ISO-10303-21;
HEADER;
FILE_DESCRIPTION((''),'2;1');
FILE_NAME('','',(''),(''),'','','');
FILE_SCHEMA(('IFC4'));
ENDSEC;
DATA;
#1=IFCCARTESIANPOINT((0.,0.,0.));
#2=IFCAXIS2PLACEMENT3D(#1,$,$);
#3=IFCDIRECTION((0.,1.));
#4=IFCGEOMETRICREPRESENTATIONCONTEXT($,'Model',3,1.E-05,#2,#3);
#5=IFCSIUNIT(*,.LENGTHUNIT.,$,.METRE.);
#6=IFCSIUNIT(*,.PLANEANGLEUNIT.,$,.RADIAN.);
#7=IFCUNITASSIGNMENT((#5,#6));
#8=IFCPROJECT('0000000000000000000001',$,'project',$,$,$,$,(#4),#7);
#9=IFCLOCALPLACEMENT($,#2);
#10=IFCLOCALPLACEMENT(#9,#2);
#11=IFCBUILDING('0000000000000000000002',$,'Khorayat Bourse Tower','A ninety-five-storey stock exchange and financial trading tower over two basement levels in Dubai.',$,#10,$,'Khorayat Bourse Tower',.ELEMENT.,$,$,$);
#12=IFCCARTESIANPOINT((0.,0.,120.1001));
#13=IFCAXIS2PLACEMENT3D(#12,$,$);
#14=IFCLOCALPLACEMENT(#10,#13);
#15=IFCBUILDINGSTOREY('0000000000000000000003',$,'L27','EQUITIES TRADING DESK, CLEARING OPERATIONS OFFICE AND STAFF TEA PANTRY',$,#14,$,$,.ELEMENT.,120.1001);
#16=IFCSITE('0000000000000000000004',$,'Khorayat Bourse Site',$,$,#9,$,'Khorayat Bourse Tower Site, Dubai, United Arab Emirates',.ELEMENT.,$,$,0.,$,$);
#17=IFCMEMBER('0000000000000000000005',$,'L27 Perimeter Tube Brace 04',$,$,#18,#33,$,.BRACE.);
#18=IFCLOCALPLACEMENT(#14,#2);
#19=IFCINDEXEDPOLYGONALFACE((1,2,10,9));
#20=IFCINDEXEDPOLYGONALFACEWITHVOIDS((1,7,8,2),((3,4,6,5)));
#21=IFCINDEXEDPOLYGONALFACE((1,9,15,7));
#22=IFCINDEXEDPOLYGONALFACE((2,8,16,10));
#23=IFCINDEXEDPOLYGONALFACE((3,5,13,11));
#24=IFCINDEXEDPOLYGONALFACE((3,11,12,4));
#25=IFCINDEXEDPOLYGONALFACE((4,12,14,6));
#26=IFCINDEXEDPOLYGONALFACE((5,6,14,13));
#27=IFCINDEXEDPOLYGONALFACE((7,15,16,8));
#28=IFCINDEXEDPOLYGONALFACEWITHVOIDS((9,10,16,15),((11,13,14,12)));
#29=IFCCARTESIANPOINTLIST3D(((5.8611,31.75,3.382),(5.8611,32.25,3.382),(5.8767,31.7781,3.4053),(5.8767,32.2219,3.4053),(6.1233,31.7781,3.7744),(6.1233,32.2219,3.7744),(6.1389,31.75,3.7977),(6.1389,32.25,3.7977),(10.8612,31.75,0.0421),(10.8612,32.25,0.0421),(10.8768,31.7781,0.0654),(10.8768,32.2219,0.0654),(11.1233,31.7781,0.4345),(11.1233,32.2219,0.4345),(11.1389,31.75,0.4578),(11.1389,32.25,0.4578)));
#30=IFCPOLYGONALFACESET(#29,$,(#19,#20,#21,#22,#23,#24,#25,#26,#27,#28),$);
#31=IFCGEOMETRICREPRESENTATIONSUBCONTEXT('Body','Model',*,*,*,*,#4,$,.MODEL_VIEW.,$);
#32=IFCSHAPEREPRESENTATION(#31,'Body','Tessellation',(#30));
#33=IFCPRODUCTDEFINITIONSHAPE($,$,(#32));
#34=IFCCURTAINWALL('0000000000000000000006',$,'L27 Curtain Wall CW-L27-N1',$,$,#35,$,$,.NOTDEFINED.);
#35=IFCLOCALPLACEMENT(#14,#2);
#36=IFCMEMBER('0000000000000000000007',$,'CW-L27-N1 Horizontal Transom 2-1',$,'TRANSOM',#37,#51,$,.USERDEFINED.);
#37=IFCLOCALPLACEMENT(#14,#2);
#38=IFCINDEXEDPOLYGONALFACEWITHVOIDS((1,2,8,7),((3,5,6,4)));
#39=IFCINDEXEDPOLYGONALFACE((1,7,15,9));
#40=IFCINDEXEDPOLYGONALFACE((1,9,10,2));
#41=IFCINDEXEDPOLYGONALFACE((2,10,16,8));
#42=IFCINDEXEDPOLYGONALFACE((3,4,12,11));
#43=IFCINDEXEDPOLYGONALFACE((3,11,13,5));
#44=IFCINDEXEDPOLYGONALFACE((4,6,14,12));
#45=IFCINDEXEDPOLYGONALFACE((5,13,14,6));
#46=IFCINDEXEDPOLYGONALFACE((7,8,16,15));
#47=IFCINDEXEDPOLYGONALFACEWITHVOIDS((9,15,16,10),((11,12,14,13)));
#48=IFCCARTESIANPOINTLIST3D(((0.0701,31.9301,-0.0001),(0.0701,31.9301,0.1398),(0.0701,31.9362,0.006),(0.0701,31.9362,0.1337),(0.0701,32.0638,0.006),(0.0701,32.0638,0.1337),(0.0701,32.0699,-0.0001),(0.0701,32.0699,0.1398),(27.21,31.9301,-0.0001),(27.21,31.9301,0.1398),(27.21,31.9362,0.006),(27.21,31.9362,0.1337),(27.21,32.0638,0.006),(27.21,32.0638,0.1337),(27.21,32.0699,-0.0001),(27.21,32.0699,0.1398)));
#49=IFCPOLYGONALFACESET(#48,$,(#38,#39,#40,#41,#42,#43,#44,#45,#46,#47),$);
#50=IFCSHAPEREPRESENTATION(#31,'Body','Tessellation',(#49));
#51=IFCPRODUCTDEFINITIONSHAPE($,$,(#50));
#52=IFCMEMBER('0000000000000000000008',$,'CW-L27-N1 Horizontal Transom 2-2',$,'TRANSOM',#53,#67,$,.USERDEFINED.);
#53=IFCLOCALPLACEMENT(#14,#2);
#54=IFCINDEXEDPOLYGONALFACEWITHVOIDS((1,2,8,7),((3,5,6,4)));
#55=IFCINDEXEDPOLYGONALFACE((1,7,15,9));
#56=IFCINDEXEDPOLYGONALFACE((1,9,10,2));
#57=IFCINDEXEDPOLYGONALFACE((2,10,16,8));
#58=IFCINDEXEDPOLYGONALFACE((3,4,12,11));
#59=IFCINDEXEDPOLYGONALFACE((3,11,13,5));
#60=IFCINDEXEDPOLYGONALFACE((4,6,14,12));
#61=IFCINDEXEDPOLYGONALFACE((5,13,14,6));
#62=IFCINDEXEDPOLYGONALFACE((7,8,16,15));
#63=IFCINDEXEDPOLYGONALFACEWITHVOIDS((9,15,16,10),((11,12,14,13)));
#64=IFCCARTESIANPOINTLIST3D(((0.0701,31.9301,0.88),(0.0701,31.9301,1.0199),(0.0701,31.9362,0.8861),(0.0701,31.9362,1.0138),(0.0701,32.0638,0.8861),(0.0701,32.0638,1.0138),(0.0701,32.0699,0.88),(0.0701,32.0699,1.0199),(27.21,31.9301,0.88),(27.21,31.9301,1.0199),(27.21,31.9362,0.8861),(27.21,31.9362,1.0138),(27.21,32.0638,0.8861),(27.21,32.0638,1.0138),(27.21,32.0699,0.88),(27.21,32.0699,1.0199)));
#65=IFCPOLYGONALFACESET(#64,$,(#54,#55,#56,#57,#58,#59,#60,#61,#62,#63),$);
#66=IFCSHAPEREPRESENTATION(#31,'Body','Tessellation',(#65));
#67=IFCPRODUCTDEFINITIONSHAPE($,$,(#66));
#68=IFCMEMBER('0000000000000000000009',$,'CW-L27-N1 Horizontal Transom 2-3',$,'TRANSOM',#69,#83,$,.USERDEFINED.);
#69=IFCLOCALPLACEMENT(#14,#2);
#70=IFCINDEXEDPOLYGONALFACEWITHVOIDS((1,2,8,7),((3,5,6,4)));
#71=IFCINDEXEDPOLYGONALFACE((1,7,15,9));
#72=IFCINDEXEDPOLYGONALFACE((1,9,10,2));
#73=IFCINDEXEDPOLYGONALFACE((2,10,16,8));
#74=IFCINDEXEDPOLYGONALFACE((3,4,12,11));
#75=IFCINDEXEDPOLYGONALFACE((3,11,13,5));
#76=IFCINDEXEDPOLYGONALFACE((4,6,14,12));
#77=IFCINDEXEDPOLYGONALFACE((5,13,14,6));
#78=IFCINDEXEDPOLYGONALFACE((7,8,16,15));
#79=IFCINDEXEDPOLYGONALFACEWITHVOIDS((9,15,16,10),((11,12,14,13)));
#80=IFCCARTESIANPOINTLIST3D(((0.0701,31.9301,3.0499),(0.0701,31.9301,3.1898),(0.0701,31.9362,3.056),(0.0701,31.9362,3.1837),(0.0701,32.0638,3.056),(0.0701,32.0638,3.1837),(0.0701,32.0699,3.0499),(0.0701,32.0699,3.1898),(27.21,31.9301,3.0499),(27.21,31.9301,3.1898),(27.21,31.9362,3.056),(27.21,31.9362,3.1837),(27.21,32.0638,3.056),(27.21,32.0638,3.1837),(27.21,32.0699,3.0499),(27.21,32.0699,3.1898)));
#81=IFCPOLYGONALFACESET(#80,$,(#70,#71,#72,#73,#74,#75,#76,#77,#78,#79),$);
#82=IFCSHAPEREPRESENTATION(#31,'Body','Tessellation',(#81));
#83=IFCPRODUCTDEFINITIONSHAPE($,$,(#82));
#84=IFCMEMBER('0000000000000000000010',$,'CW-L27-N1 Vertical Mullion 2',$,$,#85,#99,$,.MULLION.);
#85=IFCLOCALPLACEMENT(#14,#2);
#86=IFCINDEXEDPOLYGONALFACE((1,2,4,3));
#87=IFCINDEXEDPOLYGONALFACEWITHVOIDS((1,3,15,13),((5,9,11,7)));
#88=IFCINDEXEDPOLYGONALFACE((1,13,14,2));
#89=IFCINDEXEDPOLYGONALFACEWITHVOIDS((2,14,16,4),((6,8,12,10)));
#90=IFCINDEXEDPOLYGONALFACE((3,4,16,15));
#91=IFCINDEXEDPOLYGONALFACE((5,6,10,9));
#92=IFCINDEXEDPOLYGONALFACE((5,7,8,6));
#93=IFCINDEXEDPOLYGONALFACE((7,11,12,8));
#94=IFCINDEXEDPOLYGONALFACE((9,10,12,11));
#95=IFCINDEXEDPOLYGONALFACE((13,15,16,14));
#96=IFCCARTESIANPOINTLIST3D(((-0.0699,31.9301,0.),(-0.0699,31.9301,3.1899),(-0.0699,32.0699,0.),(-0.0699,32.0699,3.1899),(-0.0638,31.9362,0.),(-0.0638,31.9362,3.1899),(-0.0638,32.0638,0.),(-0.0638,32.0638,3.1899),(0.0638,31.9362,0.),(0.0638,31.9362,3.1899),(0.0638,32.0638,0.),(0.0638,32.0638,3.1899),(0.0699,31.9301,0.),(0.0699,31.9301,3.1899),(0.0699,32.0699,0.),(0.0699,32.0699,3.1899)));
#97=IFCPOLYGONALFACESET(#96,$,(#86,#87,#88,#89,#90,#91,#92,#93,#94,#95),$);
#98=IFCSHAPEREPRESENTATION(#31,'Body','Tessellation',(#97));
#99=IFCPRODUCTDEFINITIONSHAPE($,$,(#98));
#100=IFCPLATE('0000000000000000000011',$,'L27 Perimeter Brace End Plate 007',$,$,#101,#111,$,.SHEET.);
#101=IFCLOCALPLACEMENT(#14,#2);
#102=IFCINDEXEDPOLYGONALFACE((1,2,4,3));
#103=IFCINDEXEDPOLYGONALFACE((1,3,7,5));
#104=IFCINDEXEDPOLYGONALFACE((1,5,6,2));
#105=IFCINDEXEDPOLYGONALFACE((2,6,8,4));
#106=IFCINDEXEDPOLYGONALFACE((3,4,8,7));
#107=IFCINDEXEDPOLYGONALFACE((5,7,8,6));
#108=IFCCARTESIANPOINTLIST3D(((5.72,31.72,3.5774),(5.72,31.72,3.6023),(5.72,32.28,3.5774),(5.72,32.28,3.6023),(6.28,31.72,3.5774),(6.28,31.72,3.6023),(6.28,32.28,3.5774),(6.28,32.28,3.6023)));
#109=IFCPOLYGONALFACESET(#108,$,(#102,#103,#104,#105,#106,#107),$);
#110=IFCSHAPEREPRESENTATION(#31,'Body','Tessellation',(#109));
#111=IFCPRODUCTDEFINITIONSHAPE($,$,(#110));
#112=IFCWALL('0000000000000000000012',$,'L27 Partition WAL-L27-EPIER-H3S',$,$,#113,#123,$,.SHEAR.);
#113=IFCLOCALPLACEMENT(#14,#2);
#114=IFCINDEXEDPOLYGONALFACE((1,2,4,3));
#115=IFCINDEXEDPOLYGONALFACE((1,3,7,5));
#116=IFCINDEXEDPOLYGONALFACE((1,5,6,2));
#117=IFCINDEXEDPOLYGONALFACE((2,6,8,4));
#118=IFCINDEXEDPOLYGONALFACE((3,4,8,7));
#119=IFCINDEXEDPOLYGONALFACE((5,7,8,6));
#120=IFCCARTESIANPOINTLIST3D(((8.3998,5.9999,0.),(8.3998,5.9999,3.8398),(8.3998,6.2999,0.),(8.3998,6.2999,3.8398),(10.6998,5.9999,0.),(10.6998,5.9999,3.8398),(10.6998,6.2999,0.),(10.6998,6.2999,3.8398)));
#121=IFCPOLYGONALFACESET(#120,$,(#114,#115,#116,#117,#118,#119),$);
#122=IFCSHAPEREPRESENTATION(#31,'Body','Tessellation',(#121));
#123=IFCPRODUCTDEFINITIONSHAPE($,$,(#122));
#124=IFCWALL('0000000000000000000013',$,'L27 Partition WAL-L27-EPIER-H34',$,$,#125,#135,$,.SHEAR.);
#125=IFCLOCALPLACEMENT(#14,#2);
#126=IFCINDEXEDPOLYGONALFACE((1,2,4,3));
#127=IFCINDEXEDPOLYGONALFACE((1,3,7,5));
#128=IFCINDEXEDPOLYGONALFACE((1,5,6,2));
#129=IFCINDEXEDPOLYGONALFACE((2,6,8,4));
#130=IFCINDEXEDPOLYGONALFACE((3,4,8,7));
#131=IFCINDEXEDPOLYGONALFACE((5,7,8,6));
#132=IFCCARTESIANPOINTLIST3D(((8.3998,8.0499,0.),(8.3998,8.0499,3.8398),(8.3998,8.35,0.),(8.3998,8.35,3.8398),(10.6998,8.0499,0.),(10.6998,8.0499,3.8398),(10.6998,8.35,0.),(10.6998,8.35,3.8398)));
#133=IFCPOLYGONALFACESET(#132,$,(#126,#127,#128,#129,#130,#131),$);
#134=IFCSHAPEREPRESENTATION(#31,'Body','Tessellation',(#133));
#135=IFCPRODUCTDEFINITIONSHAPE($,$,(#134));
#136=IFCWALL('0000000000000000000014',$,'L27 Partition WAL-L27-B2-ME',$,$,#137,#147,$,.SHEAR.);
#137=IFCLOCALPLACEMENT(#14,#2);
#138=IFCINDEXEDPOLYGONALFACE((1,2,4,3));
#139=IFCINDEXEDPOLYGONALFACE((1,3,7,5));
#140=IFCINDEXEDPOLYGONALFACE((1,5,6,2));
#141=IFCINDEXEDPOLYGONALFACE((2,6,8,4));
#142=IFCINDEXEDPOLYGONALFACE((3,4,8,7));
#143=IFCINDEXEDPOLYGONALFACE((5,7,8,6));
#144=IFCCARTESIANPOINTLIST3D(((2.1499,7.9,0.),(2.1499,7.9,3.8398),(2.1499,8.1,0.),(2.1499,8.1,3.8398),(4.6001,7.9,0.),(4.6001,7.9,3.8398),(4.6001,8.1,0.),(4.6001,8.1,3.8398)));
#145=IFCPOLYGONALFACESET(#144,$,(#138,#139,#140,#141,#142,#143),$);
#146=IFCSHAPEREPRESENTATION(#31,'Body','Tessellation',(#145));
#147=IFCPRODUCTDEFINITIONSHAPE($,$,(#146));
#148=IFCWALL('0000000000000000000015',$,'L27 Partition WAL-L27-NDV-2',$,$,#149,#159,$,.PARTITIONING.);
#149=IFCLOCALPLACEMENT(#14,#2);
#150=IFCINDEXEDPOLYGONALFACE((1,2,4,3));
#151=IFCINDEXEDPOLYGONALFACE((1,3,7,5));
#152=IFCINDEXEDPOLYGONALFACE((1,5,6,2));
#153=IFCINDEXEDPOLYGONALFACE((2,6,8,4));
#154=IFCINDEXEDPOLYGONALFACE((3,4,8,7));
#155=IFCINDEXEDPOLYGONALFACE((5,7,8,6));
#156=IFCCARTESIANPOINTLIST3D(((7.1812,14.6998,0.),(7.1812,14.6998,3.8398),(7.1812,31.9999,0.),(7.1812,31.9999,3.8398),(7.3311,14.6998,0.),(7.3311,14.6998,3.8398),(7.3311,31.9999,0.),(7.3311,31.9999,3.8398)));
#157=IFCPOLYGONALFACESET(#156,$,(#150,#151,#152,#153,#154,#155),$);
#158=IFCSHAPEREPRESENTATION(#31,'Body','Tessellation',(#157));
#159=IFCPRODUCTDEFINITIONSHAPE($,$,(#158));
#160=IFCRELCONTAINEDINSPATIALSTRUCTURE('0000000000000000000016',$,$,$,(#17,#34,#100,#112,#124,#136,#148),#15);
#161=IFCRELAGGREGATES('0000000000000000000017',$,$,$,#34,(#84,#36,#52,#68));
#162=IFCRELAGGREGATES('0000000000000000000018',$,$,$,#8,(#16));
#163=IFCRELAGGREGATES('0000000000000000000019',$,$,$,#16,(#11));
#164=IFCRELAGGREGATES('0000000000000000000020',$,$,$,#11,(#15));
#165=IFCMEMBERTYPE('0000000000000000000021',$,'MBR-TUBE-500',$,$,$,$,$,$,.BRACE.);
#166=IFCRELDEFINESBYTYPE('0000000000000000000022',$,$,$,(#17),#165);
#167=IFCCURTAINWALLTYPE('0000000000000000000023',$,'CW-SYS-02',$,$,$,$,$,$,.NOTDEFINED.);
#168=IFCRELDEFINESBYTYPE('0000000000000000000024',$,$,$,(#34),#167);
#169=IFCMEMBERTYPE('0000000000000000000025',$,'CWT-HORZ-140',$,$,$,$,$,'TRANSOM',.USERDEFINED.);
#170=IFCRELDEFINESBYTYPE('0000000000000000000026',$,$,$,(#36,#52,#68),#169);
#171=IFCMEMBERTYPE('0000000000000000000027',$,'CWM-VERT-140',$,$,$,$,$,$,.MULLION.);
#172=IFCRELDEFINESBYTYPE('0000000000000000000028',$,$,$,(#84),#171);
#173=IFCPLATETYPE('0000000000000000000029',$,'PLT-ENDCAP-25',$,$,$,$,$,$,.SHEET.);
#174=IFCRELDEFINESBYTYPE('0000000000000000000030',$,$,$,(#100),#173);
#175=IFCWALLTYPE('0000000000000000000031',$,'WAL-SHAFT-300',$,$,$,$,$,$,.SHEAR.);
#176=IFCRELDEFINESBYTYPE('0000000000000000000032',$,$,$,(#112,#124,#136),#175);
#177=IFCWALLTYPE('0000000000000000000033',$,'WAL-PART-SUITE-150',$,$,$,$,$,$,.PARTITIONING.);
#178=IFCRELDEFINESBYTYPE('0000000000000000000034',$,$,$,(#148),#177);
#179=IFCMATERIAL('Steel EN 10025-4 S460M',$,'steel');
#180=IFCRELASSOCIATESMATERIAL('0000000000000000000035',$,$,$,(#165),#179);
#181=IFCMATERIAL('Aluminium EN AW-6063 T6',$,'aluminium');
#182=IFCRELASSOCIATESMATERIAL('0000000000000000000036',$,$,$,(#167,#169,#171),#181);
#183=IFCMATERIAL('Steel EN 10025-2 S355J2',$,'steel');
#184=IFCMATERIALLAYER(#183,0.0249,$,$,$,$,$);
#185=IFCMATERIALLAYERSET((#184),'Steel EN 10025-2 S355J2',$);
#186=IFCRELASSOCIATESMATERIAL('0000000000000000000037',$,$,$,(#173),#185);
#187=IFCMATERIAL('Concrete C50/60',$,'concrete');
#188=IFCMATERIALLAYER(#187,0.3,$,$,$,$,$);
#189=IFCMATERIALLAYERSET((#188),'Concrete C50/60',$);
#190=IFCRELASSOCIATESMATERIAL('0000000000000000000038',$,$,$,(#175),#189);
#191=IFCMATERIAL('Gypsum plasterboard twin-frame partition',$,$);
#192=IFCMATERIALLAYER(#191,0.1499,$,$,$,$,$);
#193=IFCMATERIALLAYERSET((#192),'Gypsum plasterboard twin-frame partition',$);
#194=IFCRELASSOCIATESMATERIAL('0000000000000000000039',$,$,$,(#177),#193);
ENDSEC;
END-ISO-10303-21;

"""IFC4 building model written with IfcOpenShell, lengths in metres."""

from ifc_helpers import new_model, si_unit, direction, frame, frame_2d, origin, origin_2d, place, context, subcontext, project, spatial, rectangle, hollow_rectangle, extrude, source, transform, mapped, material, layer, layer_set, material_profile, profile_set, type_object, element, aggregate, save


model = new_model("IFC4")

# Units and contexts
model_context = context("Model", 3, precision=1e-05, world=origin(), true_north=direction((0.0, 1.0)))
body_context = subcontext(model_context, "Body", "Model", "MODEL_VIEW")
ifc_project = project(units=[si_unit("LENGTHUNIT", "METRE"), si_unit("PLANEANGLEUNIT", "RADIAN")], contexts=[model_context])

# Site, building, storey
site_placement = place(None, origin())
site = spatial("IfcSite", under=ifc_project, at=site_placement, Name="Khorayat Bourse Site", LongName="Khorayat Bourse Tower Site, Dubai, United Arab Emirates", CompositionType="ELEMENT", RefElevation=0.0)
building_placement = place(site_placement, origin())
building = spatial("IfcBuilding", under=site, at=building_placement, Name="Khorayat Bourse Tower", Description="A ninety-five-storey stock exchange and financial trading tower over two basement levels in Dubai.", LongName="Khorayat Bourse Tower", CompositionType="ELEMENT")
storey_placement = place(building_placement, frame((0.0, 0.0, 120.1001)))
storey = spatial("IfcBuildingStorey", under=building, at=storey_placement, Name="L27", Description="EQUITIES TRADING DESK, CLEARING OPERATIONS OFFICE AND STAFF TEA PANTRY", CompositionType="ELEMENT", Elevation=120.1001)

# Shared definitions
ifc_material_1 = material(Name="Steel EN 10025-4 S460M", Category="steel")

# Member
ifc_material_profile_1 = material_profile(ifc_material_1, hollow_rectangle(XDim=0.5, YDim=0.5, WallThickness=0.0281, at=origin_2d()), Name="HSS 500x500x28")
ifc_profile_set_1 = profile_set([ifc_material_profile_1], Name="Steel EN 10025-4 S460M")
member_type_1 = type_object("IfcMemberType", Name="MBR-TUBE-500", PredefinedType="BRACE", material=ifc_profile_set_1)
shared_shape_1 = source(origin(), body_context, "Body", "SweptSolid", [
    extrude(hollow_rectangle(XDim=0.5, YDim=0.5, WallThickness=0.0281, at=origin_2d()), origin(), (0.0, 0.0, 1.0), 6.0129),
])
member_1_placement = place(storey_placement, frame((6.0, 32.0, 3.5898), z_axis=(0.83155, 0.0, -0.55545), x_axis=(0.0, 1.0, 0.0)))
element("IfcMember", 1, at=member_1_placement, inside=storey, type_object=member_type_1, Name="L27 Perimeter Tube Brace 04", PredefinedType="BRACE", context=body_context, shape_type="MappedRepresentation", body=[
    mapped(shared_shape_1, transform((0.0, 0.0, 0.0), scale=1.0)),
])

# Curtain wall, members
ifc_material_2 = material(Name="Aluminium EN AW-6063 T6", Category="aluminium")
curtain_wall_type = type_object("IfcCurtainWallType", Name="CW-SYS-02", PredefinedType="NOTDEFINED", material=ifc_material_2)
curtain_wall_placement = place(storey_placement, origin())
curtain_wall = element("IfcCurtainWall", 2, at=curtain_wall_placement, inside=storey, type_object=curtain_wall_type, Name="L27 Curtain Wall CW-L27-N1", PredefinedType="NOTDEFINED")
ifc_material_profile_2 = material_profile(ifc_material_2, hollow_rectangle(XDim=0.1399, YDim=0.1399, WallThickness=0.0061, at=origin_2d()), Name="ALU 140x140x6")
ifc_profile_set_2 = profile_set([ifc_material_profile_2], Name="Aluminium EN AW-6063 T6")
member_type_2 = type_object("IfcMemberType", Name="CWT-HORZ-140", ElementType="TRANSOM", PredefinedType="USERDEFINED", material=ifc_profile_set_2)
shared_shape_2 = source(origin(), body_context, "Body", "SweptSolid", [
    extrude(hollow_rectangle(XDim=0.1399, YDim=0.1399, WallThickness=0.0061, at=origin_2d()), origin(), (0.0, 0.0, 1.0), 27.1399),
])
member_2_placement = place(storey_placement, frame((0.0701, 32.0, 0.0698), z_axis=(1.0, 0.0, 0.0), x_axis=(0.0, 1.0, 0.0)))
member_2 = element("IfcMember", 3, at=member_2_placement, type_object=member_type_2, Name="CW-L27-N1 Horizontal Transom 2-1", ObjectType="TRANSOM", PredefinedType="USERDEFINED", context=body_context, shape_type="MappedRepresentation", body=[
    mapped(shared_shape_2, transform((0.0, 0.0, 0.0), scale=1.0)),
])
member_3_placement = place(storey_placement, frame((0.0701, 32.0, 0.95), z_axis=(1.0, 0.0, 0.0), x_axis=(0.0, 1.0, 0.0)))
member_3 = element("IfcMember", 4, at=member_3_placement, type_object=member_type_2, Name="CW-L27-N1 Horizontal Transom 2-2", ObjectType="TRANSOM", PredefinedType="USERDEFINED", context=body_context, shape_type="MappedRepresentation", body=[
    mapped(shared_shape_2, transform((0.0, 0.0, 0.0), scale=1.0)),
])
member_4_placement = place(storey_placement, frame((0.0701, 32.0, 3.1199), z_axis=(1.0, 0.0, 0.0), x_axis=(0.0, 1.0, 0.0)))
member_4 = element("IfcMember", 5, at=member_4_placement, type_object=member_type_2, Name="CW-L27-N1 Horizontal Transom 2-3", ObjectType="TRANSOM", PredefinedType="USERDEFINED", context=body_context, shape_type="MappedRepresentation", body=[
    mapped(shared_shape_2, transform((0.0, 0.0, 0.0), scale=1.0)),
])
ifc_material_profile_3 = material_profile(ifc_material_2, hollow_rectangle(XDim=0.1399, YDim=0.1399, WallThickness=0.0061, at=origin_2d()), Name="ALU 140x140x6")
ifc_profile_set_3 = profile_set([ifc_material_profile_3], Name="Aluminium EN AW-6063 T6")
member_type_3 = type_object("IfcMemberType", Name="CWM-VERT-140", PredefinedType="MULLION", material=ifc_profile_set_3)
shared_shape_3 = source(origin(), body_context, "Body", "SweptSolid", [
    extrude(hollow_rectangle(XDim=0.1399, YDim=0.1399, WallThickness=0.0061, at=origin_2d()), origin(), (0.0, 0.0, 1.0), 3.1899),
])
member_5_placement = place(storey_placement, frame((0.0, 32.0, 0.0), z_axis=(0.0, 0.0, 1.0), x_axis=(0.0, 1.0, 0.0)))
member_5 = element("IfcMember", 6, at=member_5_placement, type_object=member_type_3, Name="CW-L27-N1 Vertical Mullion 2", PredefinedType="MULLION", context=body_context, shape_type="MappedRepresentation", body=[
    mapped(shared_shape_3, transform((0.0, 0.0, 0.0), scale=1.0)),
])
aggregate(curtain_wall, [member_5, member_2, member_3, member_4])

# Plate
ifc_material_3 = material(Name="Steel EN 10025-2 S355J2", Category="steel")
ifc_layer_1 = layer(ifc_material_3, 0.0249)
ifc_layer_set_1 = layer_set([ifc_layer_1], Name="Steel EN 10025-2 S355J2")
plate_type = type_object("IfcPlateType", Name="PLT-ENDCAP-25", PredefinedType="SHEET", material=ifc_layer_set_1)
shared_shape_4 = source(origin(), body_context, "Body", "SweptSolid", [
    extrude(rectangle(XDim=0.5601, YDim=0.5601, at=origin_2d()), origin(), (0.0, 0.0, 1.0), 0.0249),
])
plate_placement = place(storey_placement, frame((6.0, 32.0, 3.5774), z_axis=(0.0, 0.0, 1.0), x_axis=(1.0, 0.0, 0.0)))
element("IfcPlate", 7, at=plate_placement, inside=storey, type_object=plate_type, Name="L27 Perimeter Brace End Plate 007", PredefinedType="SHEET", context=body_context, shape_type="MappedRepresentation", body=[
    mapped(shared_shape_4, transform((0.0, 0.0, 0.0), scale=1.0)),
])

# Walls
ifc_material_4 = material(Name="Concrete C50/60", Category="concrete")
ifc_layer_2 = layer(ifc_material_4, 0.3)
ifc_layer_set_2 = layer_set([ifc_layer_2], Name="Concrete C50/60")
wall_type_1 = type_object("IfcWallType", Name="WAL-SHAFT-300", PredefinedType="SHEAR", material=ifc_layer_set_2)
shared_shape_5 = source(origin(), body_context, "Body", "SweptSolid", [
    extrude(rectangle(XDim=2.3, YDim=0.3, at=frame_2d((1.1499, 0.0))), origin(), (0.0, 0.0, 1.0), 3.8398),
])
for number, where, z_axis, x_axis, name in (
    (8, (8.3999, 6.1499, 0.0), (0.0, 0.0, 1.0), (1.0, 0.0, 0.0), "L27 Partition WAL-L27-EPIER-H3S"),
    (9, (8.3999, 8.2, 0.0), (0.0, 0.0, 1.0), (1.0, 0.0, 0.0), "L27 Partition WAL-L27-EPIER-H34"),
):
    element("IfcWall", number, at=place(storey_placement, frame(where, z_axis=z_axis, x_axis=x_axis)), inside=storey, type_object=wall_type_1, Name=name, PredefinedType="SHEAR", context=body_context, shape_type="MappedRepresentation", body=[
        mapped(shared_shape_5, transform((0.0, 0.0, 0.0), scale=1.0)),
    ])
shared_shape_6 = source(origin(), body_context, "Body", "SweptSolid", [
    extrude(rectangle(XDim=2.4502, YDim=0.2, at=frame_2d((1.2251, 0.0))), origin(), (0.0, 0.0, 1.0), 3.8398),
])
wall_1_placement = place(storey_placement, frame((2.1499, 8.0, 0.0), z_axis=(0.0, 0.0, 1.0), x_axis=(1.0, 0.0, 0.0)))
element("IfcWall", 10, at=wall_1_placement, inside=storey, type_object=wall_type_1, Name="L27 Partition WAL-L27-B2-ME", PredefinedType="SHEAR", context=body_context, shape_type="MappedRepresentation", body=[
    mapped(shared_shape_6, transform((0.0, 0.0, 0.0), scale=1.0)),
])
ifc_material_5 = material(Name="Gypsum plasterboard twin-frame partition")
ifc_layer_3 = layer(ifc_material_5, 0.1499)
ifc_layer_set_3 = layer_set([ifc_layer_3], Name="Gypsum plasterboard twin-frame partition")
wall_type_2 = type_object("IfcWallType", Name="WAL-PART-SUITE-150", PredefinedType="PARTITIONING", material=ifc_layer_set_3)
shared_shape_7 = source(origin(), body_context, "Body", "SweptSolid", [
    extrude(rectangle(XDim=17.3, YDim=0.1499, at=frame_2d((8.6499, 0.0))), origin(), (0.0, 0.0, 1.0), 3.8398),
])
wall_2_placement = place(storey_placement, frame((7.2561, 14.7, 0.0), z_axis=(0.0, 0.0, 1.0), x_axis=(0.0, 1.0, 0.0)))
element("IfcWall", 11, at=wall_2_placement, inside=storey, type_object=wall_type_2, Name="L27 Partition WAL-L27-NDV-2", PredefinedType="PARTITIONING", context=body_context, shape_type="MappedRepresentation", body=[
    mapped(shared_shape_7, transform((0.0, 0.0, 0.0), scale=1.0)),
])

save(model, "model.ifc")
